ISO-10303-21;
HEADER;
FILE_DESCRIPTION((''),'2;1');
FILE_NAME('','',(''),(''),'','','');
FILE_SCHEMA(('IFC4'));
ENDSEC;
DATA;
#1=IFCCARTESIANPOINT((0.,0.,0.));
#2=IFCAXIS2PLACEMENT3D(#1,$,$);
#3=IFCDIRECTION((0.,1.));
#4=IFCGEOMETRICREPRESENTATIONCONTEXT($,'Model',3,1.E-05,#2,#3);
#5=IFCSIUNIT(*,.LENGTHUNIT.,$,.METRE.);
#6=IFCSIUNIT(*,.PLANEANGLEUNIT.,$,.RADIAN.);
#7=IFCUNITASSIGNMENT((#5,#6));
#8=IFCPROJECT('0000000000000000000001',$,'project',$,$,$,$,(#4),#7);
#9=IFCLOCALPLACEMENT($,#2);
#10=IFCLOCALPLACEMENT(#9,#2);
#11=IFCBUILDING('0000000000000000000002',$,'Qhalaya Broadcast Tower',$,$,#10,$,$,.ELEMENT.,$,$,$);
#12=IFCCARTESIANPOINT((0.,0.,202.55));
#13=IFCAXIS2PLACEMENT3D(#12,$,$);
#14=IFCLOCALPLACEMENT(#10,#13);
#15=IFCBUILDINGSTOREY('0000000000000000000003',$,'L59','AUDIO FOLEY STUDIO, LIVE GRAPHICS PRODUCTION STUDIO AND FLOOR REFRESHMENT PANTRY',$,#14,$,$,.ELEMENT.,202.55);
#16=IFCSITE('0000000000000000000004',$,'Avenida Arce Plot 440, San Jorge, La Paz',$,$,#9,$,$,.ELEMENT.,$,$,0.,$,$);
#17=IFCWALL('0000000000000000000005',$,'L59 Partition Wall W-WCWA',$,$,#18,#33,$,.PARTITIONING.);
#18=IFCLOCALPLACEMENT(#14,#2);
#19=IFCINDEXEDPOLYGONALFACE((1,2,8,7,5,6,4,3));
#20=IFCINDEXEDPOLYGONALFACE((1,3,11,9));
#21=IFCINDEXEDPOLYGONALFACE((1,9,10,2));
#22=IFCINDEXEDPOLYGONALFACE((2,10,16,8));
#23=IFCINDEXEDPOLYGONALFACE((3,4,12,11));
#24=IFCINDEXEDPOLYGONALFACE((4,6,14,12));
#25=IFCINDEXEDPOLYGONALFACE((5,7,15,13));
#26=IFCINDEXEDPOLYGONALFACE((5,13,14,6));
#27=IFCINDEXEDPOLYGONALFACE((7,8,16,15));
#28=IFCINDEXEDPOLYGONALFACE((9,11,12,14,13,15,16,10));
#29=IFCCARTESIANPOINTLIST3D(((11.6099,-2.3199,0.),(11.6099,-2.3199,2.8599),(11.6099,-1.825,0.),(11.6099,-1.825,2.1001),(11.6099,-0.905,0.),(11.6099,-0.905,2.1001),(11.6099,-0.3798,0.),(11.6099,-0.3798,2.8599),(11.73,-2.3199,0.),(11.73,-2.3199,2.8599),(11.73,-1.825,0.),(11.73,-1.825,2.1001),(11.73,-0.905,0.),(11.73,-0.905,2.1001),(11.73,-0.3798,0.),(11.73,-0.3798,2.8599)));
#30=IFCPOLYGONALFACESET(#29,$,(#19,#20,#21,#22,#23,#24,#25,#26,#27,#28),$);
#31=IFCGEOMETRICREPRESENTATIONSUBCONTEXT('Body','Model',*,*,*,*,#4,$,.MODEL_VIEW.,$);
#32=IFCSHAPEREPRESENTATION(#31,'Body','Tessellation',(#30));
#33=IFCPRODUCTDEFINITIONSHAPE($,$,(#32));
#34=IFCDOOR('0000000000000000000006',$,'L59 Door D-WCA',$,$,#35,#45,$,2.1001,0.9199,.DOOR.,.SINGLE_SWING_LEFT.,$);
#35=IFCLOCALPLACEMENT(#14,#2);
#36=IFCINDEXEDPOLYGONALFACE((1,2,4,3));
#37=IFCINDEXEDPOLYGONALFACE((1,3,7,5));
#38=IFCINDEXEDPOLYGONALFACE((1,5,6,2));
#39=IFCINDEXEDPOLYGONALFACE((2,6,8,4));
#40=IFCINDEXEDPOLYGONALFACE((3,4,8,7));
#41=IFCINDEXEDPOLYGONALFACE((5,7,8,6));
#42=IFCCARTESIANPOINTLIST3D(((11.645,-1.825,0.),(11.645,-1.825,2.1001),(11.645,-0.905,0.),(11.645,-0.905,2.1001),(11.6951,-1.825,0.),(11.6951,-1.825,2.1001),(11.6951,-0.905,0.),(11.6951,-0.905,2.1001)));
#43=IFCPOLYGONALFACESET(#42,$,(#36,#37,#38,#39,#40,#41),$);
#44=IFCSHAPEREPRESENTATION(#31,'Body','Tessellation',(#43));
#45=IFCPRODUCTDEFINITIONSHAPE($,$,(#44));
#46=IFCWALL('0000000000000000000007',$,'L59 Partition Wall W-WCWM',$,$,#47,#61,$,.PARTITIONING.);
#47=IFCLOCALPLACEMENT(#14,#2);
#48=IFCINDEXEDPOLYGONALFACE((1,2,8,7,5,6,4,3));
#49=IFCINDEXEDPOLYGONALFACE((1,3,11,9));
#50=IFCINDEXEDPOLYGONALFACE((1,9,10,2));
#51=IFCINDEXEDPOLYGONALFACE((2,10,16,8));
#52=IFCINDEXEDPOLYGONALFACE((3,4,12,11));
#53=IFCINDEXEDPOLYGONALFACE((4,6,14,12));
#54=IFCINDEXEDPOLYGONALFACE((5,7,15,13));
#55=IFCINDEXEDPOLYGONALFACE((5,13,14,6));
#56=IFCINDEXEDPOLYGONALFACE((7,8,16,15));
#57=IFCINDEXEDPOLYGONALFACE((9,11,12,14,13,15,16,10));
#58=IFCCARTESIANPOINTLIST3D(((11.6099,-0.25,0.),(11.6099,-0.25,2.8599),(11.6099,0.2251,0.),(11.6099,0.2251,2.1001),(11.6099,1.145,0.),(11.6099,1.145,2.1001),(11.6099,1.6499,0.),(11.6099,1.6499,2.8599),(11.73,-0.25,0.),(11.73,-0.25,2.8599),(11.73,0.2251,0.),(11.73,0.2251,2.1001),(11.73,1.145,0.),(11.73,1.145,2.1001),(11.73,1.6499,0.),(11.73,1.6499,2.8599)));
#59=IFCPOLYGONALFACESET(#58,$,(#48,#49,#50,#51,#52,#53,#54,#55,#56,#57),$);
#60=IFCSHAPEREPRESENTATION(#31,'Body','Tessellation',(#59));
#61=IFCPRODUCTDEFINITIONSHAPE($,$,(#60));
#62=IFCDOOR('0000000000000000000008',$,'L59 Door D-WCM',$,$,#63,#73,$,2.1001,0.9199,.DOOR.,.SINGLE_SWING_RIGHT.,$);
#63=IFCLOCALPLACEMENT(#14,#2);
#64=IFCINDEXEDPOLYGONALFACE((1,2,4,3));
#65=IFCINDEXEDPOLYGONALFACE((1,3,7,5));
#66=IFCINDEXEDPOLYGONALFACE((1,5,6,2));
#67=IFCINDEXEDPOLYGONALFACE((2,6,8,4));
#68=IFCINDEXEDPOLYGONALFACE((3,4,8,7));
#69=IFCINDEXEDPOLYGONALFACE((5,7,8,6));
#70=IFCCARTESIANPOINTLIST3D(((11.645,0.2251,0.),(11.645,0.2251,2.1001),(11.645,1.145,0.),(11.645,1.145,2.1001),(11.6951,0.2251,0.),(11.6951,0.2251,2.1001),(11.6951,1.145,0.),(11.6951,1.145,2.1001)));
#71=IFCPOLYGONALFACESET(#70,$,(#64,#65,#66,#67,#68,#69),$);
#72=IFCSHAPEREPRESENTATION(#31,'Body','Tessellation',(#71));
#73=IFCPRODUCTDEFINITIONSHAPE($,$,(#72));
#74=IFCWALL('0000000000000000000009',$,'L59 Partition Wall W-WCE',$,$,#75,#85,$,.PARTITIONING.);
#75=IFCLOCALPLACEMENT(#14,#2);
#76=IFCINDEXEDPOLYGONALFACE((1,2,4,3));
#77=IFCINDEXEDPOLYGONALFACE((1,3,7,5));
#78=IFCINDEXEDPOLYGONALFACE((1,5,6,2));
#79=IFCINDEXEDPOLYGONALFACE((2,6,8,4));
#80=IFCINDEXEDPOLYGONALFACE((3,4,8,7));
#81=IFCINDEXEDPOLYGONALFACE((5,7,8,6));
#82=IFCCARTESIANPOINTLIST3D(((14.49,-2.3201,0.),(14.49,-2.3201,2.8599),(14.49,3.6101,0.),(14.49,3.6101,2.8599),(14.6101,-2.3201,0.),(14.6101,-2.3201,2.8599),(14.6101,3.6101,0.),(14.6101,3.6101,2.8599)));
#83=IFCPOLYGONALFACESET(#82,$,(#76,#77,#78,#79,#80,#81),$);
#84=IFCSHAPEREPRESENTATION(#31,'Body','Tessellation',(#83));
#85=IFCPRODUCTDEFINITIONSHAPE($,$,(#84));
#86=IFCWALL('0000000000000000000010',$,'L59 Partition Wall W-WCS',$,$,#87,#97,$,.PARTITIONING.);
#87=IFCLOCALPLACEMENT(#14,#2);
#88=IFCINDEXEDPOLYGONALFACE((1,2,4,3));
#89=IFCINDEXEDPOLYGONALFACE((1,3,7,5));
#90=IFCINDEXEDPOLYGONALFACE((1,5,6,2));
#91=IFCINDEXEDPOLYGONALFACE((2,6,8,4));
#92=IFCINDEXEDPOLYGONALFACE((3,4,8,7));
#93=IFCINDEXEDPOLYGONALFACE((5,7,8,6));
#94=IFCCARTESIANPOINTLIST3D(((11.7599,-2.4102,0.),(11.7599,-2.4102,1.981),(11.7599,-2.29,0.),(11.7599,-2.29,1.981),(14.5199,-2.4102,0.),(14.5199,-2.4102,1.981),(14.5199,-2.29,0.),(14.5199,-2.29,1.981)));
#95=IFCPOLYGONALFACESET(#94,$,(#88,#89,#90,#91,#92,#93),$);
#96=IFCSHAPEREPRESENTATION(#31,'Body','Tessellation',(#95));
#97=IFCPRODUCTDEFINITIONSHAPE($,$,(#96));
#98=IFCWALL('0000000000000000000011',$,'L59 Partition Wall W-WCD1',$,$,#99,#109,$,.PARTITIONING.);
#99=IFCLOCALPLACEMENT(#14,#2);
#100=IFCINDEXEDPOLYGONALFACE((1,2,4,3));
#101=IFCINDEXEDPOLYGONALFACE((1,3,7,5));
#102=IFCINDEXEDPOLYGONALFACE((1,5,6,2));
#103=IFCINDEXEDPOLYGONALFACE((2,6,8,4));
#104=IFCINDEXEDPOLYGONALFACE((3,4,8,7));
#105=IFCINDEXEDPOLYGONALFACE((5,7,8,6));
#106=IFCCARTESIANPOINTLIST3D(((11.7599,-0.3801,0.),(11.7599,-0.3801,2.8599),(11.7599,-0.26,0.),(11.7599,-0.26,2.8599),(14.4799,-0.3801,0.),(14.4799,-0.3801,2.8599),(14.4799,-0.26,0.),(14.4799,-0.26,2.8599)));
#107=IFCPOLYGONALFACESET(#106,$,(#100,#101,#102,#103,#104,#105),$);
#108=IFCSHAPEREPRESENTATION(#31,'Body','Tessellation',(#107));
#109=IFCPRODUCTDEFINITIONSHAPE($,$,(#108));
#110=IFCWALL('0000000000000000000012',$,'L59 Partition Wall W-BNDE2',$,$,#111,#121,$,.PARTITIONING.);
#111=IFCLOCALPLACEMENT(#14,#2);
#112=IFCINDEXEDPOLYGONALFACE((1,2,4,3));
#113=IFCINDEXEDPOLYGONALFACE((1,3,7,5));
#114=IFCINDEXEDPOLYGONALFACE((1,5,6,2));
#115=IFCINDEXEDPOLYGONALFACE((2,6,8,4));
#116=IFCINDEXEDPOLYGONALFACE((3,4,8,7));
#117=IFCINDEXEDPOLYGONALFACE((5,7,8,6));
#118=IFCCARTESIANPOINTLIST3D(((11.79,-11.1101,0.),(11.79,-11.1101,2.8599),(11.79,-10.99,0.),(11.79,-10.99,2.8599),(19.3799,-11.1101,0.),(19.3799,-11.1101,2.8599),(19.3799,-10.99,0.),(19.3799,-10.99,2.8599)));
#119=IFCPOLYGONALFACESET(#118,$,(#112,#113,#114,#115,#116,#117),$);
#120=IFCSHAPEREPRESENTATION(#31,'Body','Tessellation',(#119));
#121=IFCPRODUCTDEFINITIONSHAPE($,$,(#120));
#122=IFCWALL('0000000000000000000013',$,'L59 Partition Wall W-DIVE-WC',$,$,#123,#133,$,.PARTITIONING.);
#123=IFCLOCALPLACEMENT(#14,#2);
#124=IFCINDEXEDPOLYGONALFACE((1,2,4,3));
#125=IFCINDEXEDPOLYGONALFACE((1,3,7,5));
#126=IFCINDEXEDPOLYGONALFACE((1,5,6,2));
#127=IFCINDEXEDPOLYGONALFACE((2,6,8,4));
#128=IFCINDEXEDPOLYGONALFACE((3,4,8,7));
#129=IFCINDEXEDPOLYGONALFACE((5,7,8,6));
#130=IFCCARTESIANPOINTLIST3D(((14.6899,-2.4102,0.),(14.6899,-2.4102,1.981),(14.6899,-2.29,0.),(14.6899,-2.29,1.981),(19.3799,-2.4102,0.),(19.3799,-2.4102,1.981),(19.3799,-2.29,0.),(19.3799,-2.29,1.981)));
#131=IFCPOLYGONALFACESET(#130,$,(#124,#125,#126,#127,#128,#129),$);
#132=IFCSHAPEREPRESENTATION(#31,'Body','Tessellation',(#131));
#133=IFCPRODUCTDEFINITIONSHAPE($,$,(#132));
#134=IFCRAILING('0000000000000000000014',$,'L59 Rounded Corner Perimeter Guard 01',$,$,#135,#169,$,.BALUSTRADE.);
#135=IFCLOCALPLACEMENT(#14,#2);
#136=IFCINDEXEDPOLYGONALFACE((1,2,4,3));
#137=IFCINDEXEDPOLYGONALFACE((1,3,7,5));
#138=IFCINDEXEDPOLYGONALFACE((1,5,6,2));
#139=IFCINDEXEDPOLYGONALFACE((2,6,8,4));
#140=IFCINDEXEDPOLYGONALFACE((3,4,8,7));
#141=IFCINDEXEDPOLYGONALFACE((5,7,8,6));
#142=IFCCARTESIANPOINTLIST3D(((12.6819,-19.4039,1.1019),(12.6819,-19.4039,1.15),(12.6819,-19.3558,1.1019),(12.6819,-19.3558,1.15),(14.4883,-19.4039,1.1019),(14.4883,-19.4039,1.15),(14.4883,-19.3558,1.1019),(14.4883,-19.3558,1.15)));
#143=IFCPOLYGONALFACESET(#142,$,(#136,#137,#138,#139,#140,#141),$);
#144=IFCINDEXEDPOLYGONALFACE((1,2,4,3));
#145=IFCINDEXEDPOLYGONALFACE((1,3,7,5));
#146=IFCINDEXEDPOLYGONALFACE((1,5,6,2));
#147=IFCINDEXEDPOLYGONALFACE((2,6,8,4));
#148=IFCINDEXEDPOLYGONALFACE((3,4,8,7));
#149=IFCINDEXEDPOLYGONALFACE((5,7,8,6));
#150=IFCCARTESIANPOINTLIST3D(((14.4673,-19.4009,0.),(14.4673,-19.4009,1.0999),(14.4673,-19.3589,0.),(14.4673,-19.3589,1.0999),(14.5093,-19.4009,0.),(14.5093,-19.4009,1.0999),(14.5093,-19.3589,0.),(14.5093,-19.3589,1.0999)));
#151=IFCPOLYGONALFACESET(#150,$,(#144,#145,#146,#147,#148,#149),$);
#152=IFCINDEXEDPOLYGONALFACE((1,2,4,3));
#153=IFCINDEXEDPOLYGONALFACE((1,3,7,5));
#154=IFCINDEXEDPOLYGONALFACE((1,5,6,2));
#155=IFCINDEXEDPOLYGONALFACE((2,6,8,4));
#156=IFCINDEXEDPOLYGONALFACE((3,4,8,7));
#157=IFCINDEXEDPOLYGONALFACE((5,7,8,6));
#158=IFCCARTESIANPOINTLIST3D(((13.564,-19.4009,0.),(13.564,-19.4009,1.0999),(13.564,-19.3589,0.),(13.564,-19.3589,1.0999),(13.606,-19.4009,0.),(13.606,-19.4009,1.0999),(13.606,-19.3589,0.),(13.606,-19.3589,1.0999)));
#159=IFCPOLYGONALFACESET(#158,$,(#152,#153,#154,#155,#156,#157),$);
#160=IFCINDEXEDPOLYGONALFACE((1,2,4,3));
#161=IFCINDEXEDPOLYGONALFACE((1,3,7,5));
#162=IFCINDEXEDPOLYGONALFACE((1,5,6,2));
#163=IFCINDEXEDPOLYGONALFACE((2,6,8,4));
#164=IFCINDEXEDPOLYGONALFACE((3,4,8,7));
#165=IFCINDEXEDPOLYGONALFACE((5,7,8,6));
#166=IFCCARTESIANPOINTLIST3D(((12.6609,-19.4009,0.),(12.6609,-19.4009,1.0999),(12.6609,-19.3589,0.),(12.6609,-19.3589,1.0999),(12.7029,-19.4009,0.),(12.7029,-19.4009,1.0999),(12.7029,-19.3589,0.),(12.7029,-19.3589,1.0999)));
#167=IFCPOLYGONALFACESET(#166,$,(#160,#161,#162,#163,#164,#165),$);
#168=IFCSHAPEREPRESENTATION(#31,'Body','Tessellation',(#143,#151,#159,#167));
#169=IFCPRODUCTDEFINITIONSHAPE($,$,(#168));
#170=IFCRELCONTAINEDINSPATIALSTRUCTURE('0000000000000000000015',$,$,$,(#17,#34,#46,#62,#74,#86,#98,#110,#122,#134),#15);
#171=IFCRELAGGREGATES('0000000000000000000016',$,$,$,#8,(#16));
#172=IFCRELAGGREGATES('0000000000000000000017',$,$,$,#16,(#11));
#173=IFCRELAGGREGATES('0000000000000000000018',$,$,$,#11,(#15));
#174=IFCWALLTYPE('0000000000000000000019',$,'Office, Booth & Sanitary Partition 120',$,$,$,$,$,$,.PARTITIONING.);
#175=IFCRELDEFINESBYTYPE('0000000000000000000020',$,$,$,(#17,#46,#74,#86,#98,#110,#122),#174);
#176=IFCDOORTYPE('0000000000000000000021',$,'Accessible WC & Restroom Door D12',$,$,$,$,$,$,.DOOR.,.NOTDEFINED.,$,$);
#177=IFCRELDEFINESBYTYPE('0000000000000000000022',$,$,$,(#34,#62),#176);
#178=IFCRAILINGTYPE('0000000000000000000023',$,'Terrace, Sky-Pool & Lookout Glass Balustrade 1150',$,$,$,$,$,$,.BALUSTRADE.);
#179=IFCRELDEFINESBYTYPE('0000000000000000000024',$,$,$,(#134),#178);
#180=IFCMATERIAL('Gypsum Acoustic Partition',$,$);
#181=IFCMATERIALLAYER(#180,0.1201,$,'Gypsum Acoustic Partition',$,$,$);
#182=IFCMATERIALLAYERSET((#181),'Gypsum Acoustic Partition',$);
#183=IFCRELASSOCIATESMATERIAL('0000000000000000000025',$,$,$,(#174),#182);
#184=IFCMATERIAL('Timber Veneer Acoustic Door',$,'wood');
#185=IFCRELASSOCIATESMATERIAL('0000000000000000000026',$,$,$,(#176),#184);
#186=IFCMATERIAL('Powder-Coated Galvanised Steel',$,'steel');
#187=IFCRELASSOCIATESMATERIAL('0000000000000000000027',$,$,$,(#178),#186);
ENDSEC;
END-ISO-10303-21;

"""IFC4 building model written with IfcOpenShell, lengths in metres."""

from ifc_helpers import new_model, si_unit, direction, frame, frame_2d, origin, origin_2d, place, context, subcontext, project, spatial, rectangle, extrude, material, layer, layer_set, type_object, element, fill, save


model = new_model("IFC4")

# Units and contexts
model_context = context("Model", 3, precision=1e-05, world=origin(), true_north=direction((0.0, 1.0)))
body_context = subcontext(model_context, "Body", "Model", "MODEL_VIEW")
ifc_project = project(units=[si_unit("LENGTHUNIT", "METRE"), si_unit("PLANEANGLEUNIT", "RADIAN")], contexts=[model_context])

# Site, building, storey
site_placement = place(None, origin())
site = spatial("IfcSite", under=ifc_project, at=site_placement, Name="Avenida Arce Plot 440, San Jorge, La Paz", CompositionType="ELEMENT", RefElevation=0.0)
building_placement = place(site_placement, origin())
building = spatial("IfcBuilding", under=site, at=building_placement, Name="Qhalaya Broadcast Tower", CompositionType="ELEMENT")
storey_placement = place(building_placement, frame((0.0, 0.0, 202.55)))
storey = spatial("IfcBuildingStorey", under=building, at=storey_placement, Name="L59", Description="AUDIO FOLEY STUDIO, LIVE GRAPHICS PRODUCTION STUDIO AND FLOOR REFRESHMENT PANTRY", CompositionType="ELEMENT", Elevation=202.55)

# Shared definitions
ifc_material_1 = material(Name="Gypsum Acoustic Partition")
ifc_material_2 = material(Name="Timber Veneer Acoustic Door", Category="wood")

# Walls, openings, doors
ifc_layer_1 = layer(ifc_material_1, 0.1201, Name="Gypsum Acoustic Partition")
ifc_layer_set_1 = layer_set([ifc_layer_1], Name="Gypsum Acoustic Partition")
wall_type_1 = type_object("IfcWallType", Name="Office, Booth & Sanitary Partition 120", PredefinedType="PARTITIONING", material=ifc_layer_set_1)
wall_1_placement = place(storey_placement, frame((11.6699, -2.3201, 0.0), z_axis=(0.0, 0.0, 1.0), x_axis=(0.0, 1.0, 0.0)))
wall_1 = element("IfcWall", 1, at=wall_1_placement, inside=storey, type_object=wall_type_1, Name="L59 Partition Wall W-WCWA", PredefinedType="PARTITIONING", context=body_context, shape_type="SweptSolid", body=[
    extrude(rectangle(XDim=1.9402, YDim=0.1201, at=frame_2d((0.9702, 0.0))), origin(), (0.0, 0.0, 1.0), 2.8599),
])
opening_1_placement = place(wall_1_placement, frame((0.4951, 0.0, 0.0)))
opening_1 = element("IfcOpeningElement", 2, at=opening_1_placement, cuts=wall_1, PredefinedType="OPENING", context=body_context, shape_type="SweptSolid", body=[
    extrude(rectangle(XDim=0.9199, YDim=2.1001, at=frame_2d((0.46, 1.05))), frame((0.0, 0.072, 0.0), z_axis=(0.0, -1.0, 0.0), x_axis=(1.0, 0.0, 0.0)), (0.0, 0.0, 1.0), 0.144),
])
door_type_1 = type_object("IfcDoorType", Name="Accessible WC & Restroom Door D12", OperationType="NOTDEFINED", PredefinedType="DOOR", material=ifc_material_2)
door_1_placement = place(opening_1_placement, origin())
door_1 = element("IfcDoor", 3, at=door_1_placement, inside=storey, type_object=door_type_1, Name="L59 Door D-WCA", OperationType="SINGLE_SWING_LEFT", OverallHeight=2.1001, OverallWidth=0.9199, PredefinedType="DOOR", context=body_context, shape_type="SweptSolid", body=[
    extrude(rectangle(XDim=0.9199, YDim=2.1001, at=frame_2d((0.46, 1.05))), frame((0.0, 0.0249, 0.0), z_axis=(0.0, -1.0, 0.0), x_axis=(1.0, 0.0, 0.0)), (0.0, 0.0, 1.0), 0.05),
])
fill(opening_1, door_1)
wall_2_placement = place(storey_placement, frame((11.6699, -0.25, 0.0), z_axis=(0.0, 0.0, 1.0), x_axis=(0.0, 1.0, 0.0)))
wall_2 = element("IfcWall", 4, at=wall_2_placement, inside=storey, type_object=wall_type_1, Name="L59 Partition Wall W-WCWM", PredefinedType="PARTITIONING", context=body_context, shape_type="SweptSolid", body=[
    extrude(rectangle(XDim=1.8999, YDim=0.1201, at=frame_2d((0.95, 0.0))), origin(), (0.0, 0.0, 1.0), 2.8599),
])
opening_2_placement = place(wall_2_placement, frame((0.4751, 0.0, 0.0)))
opening_2 = element("IfcOpeningElement", 5, at=opening_2_placement, cuts=wall_2, PredefinedType="OPENING", context=body_context, shape_type="SweptSolid", body=[
    extrude(rectangle(XDim=0.9199, YDim=2.1001, at=frame_2d((0.46, 1.05))), frame((0.0, 0.072, 0.0), z_axis=(0.0, -1.0, 0.0), x_axis=(1.0, 0.0, 0.0)), (0.0, 0.0, 1.0), 0.144),
])
door_2_placement = place(opening_2_placement, origin())
door_2 = element("IfcDoor", 6, at=door_2_placement, inside=storey, type_object=door_type_1, Name="L59 Door D-WCM", OperationType="SINGLE_SWING_RIGHT", OverallHeight=2.1001, OverallWidth=0.9199, PredefinedType="DOOR", context=body_context, shape_type="SweptSolid", body=[
    extrude(rectangle(XDim=0.9199, YDim=2.1001, at=frame_2d((0.46, 1.05))), frame((0.0, 0.0249, 0.0), z_axis=(0.0, -1.0, 0.0), x_axis=(1.0, 0.0, 0.0)), (0.0, 0.0, 1.0), 0.05),
])
fill(opening_2, door_2)

# Walls
wall_3_placement = place(storey_placement, frame((14.55, -2.3201, 0.0), z_axis=(0.0, 0.0, 1.0), x_axis=(0.0, 1.0, 0.0)))
element("IfcWall", 7, at=wall_3_placement, inside=storey, type_object=wall_type_1, Name="L59 Partition Wall W-WCE", PredefinedType="PARTITIONING", context=body_context, shape_type="SweptSolid", body=[
    extrude(rectangle(XDim=5.9302, YDim=0.1201, at=frame_2d((2.9651, 0.0))), origin(), (0.0, 0.0, 1.0), 2.8599),
])
wall_4_placement = place(storey_placement, frame((11.76, -2.3501, 0.0), z_axis=(0.0, 0.0, 1.0), x_axis=(1.0, 0.0, 0.0)))
element("IfcWall", 8, at=wall_4_placement, inside=storey, type_object=wall_type_1, Name="L59 Partition Wall W-WCS", PredefinedType="PARTITIONING", context=body_context, shape_type="SweptSolid", body=[
    extrude(rectangle(XDim=2.76, YDim=0.1201, at=frame_2d((1.3799, 0.0))), origin(), (0.0, 0.0, 1.0), 1.981),
])
wall_5_placement = place(storey_placement, frame((11.76, -0.3201, 0.0), z_axis=(0.0, 0.0, 1.0), x_axis=(1.0, 0.0, 0.0)))
element("IfcWall", 9, at=wall_5_placement, inside=storey, type_object=wall_type_1, Name="L59 Partition Wall W-WCD1", PredefinedType="PARTITIONING", context=body_context, shape_type="SweptSolid", body=[
    extrude(rectangle(XDim=2.72, YDim=0.1201, at=frame_2d((1.3599, 0.0))), origin(), (0.0, 0.0, 1.0), 2.8599),
])
wall_6_placement = place(storey_placement, frame((11.79, -11.05, 0.0), z_axis=(0.0, 0.0, 1.0), x_axis=(1.0, 0.0, 0.0)))
element("IfcWall", 10, at=wall_6_placement, inside=storey, type_object=wall_type_1, Name="L59 Partition Wall W-BNDE2", PredefinedType="PARTITIONING", context=body_context, shape_type="SweptSolid", body=[
    extrude(rectangle(XDim=7.5898, YDim=0.1201, at=frame_2d((3.7949, 0.0))), origin(), (0.0, 0.0, 1.0), 2.8599),
])
wall_7_placement = place(storey_placement, frame((14.6899, -2.3501, 0.0), z_axis=(0.0, 0.0, 1.0), x_axis=(1.0, 0.0, 0.0)))
element("IfcWall", 11, at=wall_7_placement, inside=storey, type_object=wall_type_1, Name="L59 Partition Wall W-DIVE-WC", PredefinedType="PARTITIONING", context=body_context, shape_type="SweptSolid", body=[
    extrude(rectangle(XDim=4.6899, YDim=0.1201, at=frame_2d((2.345, 0.0))), origin(), (0.0, 0.0, 1.0), 1.981),
])

# Railing
ifc_material_3 = material(Name="Powder-Coated Galvanised Steel", Category="steel")
railing_type = type_object("IfcRailingType", Name="Terrace, Sky-Pool & Lookout Glass Balustrade 1150", PredefinedType="BALUSTRADE", material=ifc_material_3)
railing_1_placement = place(storey_placement, frame((14.4883, -19.3799, 0.0)))
element("IfcRailing", 12, at=railing_1_placement, inside=storey, type_object=railing_type, Name="L59 Rounded Corner Perimeter Guard 01", PredefinedType="BALUSTRADE", context=body_context, shape_type="SweptSolid", body=[
    extrude(rectangle(XDim=0.0481, YDim=0.0481, at=origin_2d()), frame((0.0, 0.0, 1.126), z_axis=(-1.0, 0.0, 0.0), x_axis=(0.0, -1.0, 0.0)), (0.0, 0.0, 1.0), 1.8064),
    extrude(rectangle(XDim=0.042, YDim=0.042, at=origin_2d()), origin(), (0.0, 0.0, 1.0), 1.0999),
    extrude(rectangle(XDim=0.042, YDim=0.042, at=origin_2d()), frame((-0.9033, 0.0, 0.0)), (0.0, 0.0, 1.0), 1.0999),
    extrude(rectangle(XDim=0.042, YDim=0.042, at=origin_2d()), frame((-1.8064, 0.0, 0.0)), (0.0, 0.0, 1.0), 1.0999),
])

save(model, "model.ifc")
